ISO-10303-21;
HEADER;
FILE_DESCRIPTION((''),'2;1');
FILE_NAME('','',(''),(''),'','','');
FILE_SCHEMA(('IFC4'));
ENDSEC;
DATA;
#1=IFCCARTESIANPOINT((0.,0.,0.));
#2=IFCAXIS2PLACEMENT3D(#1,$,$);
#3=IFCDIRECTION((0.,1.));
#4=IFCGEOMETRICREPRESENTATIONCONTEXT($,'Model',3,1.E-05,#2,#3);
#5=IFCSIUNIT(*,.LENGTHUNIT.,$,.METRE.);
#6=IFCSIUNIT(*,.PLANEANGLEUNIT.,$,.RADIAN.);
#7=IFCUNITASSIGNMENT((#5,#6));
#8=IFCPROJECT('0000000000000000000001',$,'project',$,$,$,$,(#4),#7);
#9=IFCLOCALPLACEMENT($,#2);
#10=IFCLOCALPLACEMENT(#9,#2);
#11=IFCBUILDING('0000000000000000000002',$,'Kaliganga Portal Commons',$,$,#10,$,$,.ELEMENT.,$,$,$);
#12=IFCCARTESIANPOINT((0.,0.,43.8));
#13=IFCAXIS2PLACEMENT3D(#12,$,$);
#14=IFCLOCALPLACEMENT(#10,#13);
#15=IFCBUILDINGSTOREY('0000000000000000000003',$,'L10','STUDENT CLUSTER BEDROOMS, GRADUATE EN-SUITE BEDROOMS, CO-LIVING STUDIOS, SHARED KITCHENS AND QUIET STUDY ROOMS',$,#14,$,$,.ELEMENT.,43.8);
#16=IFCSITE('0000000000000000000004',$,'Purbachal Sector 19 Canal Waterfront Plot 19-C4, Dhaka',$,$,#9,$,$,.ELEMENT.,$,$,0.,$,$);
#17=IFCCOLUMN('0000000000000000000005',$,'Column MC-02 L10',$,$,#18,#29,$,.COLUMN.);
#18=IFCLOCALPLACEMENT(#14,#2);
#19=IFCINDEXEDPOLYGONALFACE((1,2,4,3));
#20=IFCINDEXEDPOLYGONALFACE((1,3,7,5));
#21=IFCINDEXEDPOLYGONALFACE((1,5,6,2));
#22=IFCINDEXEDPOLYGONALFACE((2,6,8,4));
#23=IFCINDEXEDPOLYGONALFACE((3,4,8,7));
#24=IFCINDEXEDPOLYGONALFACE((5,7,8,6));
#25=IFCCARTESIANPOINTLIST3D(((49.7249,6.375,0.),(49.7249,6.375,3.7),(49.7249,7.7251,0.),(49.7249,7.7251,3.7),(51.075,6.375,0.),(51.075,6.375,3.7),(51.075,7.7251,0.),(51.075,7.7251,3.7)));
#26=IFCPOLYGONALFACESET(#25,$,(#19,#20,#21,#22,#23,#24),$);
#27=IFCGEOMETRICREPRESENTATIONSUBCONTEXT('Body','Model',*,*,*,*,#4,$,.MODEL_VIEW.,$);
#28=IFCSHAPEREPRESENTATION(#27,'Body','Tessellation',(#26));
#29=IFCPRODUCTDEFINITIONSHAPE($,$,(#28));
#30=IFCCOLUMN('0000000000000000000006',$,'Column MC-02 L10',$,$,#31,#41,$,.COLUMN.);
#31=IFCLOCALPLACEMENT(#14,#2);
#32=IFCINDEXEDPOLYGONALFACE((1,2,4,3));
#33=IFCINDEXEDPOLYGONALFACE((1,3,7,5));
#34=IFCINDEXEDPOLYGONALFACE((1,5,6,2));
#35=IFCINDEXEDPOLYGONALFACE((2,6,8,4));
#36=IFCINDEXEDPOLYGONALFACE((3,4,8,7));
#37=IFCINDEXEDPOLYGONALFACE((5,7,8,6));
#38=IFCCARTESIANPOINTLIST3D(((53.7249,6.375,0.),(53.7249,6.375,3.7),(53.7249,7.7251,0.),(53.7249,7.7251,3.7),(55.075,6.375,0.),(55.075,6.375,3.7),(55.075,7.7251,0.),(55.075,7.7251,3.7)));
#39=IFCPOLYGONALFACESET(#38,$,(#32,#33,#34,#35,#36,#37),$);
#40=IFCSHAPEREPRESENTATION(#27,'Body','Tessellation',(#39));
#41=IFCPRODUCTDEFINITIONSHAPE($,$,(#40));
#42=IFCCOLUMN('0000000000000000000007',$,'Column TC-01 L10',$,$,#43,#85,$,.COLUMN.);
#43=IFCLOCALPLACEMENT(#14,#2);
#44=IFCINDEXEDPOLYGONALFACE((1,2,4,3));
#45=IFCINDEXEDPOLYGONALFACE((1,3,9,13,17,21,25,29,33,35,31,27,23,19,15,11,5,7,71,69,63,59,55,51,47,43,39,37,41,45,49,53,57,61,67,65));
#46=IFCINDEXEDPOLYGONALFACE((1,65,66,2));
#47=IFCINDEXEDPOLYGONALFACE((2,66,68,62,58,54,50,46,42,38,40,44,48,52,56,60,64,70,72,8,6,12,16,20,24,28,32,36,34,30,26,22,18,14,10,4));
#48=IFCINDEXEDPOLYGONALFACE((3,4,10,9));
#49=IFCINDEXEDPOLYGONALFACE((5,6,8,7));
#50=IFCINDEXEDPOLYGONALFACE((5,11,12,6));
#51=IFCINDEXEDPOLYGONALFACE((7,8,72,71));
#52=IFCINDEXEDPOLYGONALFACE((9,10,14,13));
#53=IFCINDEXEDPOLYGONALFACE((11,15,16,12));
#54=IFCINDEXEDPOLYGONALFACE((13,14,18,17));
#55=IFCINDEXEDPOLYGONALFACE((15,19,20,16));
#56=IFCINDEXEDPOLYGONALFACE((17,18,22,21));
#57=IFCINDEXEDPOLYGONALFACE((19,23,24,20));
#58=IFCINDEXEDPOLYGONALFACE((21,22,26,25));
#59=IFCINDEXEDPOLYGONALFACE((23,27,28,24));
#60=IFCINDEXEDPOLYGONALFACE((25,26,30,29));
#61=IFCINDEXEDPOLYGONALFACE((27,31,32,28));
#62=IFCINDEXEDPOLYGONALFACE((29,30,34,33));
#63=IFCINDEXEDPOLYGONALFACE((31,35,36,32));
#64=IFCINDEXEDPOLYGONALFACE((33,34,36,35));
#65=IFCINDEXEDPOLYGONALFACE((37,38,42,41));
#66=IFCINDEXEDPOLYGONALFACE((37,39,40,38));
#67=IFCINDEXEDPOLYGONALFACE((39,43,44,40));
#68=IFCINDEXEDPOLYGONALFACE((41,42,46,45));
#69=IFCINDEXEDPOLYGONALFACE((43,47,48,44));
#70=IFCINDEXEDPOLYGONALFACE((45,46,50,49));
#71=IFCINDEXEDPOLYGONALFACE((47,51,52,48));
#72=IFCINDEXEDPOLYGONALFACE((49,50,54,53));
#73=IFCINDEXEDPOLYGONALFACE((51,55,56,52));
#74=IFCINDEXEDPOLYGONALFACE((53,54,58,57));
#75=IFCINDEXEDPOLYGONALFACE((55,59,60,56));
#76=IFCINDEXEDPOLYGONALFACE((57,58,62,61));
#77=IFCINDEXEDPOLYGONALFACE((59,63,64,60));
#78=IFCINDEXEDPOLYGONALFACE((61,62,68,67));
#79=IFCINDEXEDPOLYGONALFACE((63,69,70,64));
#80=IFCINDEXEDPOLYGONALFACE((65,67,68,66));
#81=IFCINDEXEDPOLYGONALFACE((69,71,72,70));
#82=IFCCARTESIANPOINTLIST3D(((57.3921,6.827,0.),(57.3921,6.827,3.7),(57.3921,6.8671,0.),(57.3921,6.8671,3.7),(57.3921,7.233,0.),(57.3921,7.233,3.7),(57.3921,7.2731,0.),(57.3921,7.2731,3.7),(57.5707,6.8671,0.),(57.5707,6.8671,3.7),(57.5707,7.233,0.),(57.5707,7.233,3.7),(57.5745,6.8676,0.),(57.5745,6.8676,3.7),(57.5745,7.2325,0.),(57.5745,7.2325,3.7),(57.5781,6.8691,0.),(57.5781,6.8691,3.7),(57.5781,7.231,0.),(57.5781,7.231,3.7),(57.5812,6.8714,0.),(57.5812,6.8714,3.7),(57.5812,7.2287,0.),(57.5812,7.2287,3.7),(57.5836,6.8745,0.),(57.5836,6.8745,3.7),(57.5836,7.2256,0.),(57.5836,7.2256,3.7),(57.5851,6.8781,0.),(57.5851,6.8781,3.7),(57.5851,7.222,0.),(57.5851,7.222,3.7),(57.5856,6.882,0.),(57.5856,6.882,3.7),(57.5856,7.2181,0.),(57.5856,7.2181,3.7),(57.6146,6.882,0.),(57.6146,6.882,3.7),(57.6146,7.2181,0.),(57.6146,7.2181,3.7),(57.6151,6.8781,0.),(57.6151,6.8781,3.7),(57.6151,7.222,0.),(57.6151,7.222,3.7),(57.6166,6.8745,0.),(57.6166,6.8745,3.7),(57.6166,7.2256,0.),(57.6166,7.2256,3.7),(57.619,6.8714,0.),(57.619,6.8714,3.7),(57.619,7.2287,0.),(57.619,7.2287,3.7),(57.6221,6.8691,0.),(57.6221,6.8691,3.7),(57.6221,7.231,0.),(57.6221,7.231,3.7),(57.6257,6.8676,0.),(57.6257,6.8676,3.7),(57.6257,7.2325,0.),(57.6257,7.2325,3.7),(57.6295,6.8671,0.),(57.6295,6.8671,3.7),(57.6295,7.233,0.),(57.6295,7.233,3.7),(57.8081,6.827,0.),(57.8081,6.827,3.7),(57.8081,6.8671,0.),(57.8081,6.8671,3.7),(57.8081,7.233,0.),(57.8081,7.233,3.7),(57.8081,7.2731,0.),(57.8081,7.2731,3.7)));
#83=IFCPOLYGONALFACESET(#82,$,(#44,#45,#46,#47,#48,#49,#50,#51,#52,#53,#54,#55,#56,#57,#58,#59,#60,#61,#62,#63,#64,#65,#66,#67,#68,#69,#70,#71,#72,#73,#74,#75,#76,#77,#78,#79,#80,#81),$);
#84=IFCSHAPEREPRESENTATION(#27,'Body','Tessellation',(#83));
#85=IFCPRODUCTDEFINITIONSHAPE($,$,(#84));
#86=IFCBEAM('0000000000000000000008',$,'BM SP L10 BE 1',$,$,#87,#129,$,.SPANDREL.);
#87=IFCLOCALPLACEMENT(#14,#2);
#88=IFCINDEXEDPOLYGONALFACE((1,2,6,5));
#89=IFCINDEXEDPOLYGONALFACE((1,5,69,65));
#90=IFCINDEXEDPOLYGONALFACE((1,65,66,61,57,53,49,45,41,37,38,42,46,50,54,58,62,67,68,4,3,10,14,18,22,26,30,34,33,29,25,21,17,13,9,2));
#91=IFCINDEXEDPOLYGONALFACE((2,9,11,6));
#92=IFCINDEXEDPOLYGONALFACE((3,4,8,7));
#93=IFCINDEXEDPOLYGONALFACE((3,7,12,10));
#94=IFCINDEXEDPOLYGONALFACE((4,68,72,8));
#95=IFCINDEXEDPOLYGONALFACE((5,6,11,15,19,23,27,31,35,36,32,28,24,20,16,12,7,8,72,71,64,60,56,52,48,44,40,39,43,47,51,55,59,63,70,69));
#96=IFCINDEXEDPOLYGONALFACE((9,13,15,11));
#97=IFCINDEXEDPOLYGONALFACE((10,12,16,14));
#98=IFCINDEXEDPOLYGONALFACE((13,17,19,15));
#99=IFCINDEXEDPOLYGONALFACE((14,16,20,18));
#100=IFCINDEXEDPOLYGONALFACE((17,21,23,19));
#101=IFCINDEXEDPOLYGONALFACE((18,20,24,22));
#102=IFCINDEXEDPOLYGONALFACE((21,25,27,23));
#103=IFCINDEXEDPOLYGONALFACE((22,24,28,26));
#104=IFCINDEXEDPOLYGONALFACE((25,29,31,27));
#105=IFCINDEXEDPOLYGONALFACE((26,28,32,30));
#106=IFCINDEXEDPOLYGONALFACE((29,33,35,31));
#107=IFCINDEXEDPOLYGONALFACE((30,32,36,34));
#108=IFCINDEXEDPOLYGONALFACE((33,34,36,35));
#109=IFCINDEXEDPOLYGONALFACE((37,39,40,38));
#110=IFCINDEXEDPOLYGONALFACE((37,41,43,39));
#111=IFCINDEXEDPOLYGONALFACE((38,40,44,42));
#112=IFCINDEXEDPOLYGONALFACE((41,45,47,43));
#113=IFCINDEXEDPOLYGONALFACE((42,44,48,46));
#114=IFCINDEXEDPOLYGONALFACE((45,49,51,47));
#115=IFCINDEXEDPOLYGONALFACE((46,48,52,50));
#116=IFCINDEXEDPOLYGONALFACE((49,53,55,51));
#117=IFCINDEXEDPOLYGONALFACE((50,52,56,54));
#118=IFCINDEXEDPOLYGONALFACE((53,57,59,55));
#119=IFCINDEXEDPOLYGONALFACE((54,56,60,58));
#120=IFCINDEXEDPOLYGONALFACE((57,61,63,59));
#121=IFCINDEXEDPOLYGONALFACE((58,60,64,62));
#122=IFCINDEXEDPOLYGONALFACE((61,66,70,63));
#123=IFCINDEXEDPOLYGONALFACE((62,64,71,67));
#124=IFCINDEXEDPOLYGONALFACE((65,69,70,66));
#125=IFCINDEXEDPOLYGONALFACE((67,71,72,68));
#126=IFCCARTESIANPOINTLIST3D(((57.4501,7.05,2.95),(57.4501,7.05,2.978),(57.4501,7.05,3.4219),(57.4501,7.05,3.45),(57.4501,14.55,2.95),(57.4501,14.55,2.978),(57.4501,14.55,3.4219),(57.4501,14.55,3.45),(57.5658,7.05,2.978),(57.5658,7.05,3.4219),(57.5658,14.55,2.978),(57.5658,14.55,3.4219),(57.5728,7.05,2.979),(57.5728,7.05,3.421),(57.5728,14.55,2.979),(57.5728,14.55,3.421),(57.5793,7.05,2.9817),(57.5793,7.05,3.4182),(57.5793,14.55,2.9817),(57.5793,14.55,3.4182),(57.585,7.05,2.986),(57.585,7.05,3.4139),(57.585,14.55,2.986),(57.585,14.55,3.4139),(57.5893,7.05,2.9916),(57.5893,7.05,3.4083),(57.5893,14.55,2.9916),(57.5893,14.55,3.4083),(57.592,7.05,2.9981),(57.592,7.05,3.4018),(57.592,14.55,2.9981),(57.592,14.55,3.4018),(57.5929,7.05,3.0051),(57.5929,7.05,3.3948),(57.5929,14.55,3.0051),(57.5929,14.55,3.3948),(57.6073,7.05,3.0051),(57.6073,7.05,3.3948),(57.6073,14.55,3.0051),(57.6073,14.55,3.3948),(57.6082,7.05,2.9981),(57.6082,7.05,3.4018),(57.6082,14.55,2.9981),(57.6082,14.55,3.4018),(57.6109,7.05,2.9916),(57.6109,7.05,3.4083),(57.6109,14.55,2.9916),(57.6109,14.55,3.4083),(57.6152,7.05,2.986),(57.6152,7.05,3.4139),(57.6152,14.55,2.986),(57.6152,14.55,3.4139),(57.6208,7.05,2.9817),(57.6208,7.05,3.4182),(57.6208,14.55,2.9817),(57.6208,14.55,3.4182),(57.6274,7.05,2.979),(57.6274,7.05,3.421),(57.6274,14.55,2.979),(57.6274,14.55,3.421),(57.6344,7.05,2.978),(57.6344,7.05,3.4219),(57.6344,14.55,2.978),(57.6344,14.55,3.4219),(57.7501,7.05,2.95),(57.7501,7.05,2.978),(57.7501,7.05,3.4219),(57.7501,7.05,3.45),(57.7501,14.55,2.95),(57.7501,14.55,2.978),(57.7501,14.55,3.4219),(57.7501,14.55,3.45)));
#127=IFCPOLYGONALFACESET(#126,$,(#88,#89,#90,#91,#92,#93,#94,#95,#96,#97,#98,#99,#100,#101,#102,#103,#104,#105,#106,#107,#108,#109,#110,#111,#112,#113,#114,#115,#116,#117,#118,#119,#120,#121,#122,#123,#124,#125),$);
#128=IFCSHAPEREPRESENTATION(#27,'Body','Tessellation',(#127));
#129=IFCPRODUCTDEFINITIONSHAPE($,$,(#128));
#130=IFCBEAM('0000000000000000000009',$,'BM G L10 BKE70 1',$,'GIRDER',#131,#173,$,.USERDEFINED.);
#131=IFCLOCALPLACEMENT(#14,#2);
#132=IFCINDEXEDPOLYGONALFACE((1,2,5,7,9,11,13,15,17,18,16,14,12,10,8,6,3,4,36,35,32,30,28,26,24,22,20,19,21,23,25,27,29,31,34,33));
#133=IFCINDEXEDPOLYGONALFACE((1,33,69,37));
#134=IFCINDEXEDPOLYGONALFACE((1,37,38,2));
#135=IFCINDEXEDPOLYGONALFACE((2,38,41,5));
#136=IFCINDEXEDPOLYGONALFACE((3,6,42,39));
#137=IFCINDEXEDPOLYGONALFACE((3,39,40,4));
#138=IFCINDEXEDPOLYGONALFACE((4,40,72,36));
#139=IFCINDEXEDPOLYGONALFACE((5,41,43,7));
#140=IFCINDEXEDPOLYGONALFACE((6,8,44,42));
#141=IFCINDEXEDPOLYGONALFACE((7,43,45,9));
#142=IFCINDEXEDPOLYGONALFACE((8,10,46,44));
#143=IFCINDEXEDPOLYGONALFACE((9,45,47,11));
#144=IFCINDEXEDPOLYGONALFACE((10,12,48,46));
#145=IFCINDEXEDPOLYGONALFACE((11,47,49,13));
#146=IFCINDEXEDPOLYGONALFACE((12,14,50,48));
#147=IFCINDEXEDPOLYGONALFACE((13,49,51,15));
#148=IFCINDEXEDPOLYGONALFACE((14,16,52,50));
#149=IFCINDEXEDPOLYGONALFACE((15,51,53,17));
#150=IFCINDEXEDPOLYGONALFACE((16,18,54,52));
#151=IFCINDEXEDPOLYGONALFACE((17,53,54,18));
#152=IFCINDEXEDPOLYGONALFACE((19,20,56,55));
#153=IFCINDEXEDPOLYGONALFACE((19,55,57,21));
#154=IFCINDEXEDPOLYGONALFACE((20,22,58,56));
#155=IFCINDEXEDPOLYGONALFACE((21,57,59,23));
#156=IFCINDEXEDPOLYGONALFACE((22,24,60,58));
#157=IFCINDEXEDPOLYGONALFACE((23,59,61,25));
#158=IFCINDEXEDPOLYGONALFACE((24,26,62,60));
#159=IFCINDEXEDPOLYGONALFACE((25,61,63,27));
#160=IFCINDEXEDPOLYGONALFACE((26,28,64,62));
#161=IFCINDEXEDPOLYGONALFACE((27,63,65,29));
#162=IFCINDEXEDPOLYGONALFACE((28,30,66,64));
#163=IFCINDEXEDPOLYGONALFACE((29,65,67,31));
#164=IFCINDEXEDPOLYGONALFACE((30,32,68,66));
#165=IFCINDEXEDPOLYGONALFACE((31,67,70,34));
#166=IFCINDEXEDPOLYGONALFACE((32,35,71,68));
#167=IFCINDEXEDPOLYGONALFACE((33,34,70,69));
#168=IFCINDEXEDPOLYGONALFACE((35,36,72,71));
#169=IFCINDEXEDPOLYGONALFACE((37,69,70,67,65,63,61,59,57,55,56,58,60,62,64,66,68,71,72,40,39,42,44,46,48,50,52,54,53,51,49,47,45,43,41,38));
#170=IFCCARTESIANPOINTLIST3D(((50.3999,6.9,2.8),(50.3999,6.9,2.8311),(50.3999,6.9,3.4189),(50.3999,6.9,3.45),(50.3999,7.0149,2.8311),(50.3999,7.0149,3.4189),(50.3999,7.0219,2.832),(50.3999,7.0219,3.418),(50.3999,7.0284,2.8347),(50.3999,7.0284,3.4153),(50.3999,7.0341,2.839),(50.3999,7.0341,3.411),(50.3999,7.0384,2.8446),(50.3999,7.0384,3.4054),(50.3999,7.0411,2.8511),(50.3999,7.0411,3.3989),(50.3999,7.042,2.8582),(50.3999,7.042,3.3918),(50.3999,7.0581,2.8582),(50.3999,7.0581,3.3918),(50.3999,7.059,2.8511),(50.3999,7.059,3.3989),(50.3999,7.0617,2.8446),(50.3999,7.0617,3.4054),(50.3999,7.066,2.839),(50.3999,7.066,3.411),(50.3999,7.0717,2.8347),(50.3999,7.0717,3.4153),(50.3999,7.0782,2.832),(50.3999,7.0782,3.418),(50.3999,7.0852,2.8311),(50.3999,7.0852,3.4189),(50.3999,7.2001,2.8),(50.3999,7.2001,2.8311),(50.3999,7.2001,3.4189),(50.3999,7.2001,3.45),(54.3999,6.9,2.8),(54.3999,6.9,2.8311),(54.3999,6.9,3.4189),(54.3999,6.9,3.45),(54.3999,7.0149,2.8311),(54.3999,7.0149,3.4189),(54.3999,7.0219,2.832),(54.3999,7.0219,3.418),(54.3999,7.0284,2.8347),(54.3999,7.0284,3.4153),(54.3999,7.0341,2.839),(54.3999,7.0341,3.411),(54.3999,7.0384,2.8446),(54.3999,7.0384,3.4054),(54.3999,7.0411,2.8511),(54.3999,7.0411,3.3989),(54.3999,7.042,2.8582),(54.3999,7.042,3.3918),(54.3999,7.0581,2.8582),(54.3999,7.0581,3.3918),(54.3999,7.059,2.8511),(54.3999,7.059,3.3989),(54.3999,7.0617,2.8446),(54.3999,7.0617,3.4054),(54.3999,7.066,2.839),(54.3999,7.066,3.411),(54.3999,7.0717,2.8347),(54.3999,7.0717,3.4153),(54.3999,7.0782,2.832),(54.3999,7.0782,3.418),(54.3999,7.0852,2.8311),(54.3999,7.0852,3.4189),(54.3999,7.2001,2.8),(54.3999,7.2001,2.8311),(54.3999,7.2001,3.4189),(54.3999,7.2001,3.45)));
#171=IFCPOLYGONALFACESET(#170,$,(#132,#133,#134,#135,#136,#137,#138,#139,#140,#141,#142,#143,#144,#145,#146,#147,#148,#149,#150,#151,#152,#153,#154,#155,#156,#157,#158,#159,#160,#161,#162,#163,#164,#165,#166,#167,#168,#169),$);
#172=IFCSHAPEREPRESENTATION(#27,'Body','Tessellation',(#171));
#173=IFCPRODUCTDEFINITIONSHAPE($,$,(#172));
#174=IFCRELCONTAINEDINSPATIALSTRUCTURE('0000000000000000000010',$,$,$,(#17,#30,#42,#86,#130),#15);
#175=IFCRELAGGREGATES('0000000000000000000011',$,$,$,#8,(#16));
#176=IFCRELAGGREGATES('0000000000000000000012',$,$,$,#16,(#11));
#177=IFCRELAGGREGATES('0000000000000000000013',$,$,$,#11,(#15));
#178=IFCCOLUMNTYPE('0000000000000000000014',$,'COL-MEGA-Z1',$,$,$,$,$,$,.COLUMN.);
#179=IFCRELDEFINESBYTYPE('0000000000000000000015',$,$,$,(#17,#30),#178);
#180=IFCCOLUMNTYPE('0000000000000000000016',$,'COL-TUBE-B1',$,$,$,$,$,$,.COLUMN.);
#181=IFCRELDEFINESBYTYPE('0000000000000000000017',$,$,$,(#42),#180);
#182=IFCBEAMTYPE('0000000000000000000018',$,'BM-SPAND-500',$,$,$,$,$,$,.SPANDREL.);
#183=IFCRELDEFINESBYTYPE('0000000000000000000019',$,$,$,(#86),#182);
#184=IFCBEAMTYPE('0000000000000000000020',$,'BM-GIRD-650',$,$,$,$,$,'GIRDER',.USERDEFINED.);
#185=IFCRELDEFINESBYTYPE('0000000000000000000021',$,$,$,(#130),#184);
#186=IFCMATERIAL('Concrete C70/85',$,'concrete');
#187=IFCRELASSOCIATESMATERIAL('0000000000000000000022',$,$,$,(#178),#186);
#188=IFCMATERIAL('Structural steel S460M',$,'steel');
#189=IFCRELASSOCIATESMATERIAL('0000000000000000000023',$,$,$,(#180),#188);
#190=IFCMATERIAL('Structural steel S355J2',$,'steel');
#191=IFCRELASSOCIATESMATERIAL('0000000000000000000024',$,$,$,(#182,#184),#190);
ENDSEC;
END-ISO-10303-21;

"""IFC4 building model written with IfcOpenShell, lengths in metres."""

from ifc_helpers import new_model, si_unit, direction, frame, origin, origin_2d, place, context, subcontext, project, spatial, rectangle, i_section, extrude, source, transform, mapped, material, material_profile, profile_set, type_object, element, save


model = new_model("IFC4")

# Units and contexts
model_context = context("Model", 3, precision=1e-05, world=origin(), true_north=direction((0.0, 1.0)))
body_context = subcontext(model_context, "Body", "Model", "MODEL_VIEW")
ifc_project = project(units=[si_unit("LENGTHUNIT", "METRE"), si_unit("PLANEANGLEUNIT", "RADIAN")], contexts=[model_context])

# Site, building, storey
site_placement = place(None, origin())
site = spatial("IfcSite", under=ifc_project, at=site_placement, Name="Purbachal Sector 19 Canal Waterfront Plot 19-C4, Dhaka", CompositionType="ELEMENT", RefElevation=0.0)
building_placement = place(site_placement, origin())
building = spatial("IfcBuilding", under=site, at=building_placement, Name="Kaliganga Portal Commons", CompositionType="ELEMENT")
storey_placement = place(building_placement, frame((0.0, 0.0, 43.8)))
storey = spatial("IfcBuildingStorey", under=building, at=storey_placement, Name="L10", Description="STUDENT CLUSTER BEDROOMS, GRADUATE EN-SUITE BEDROOMS, CO-LIVING STUDIOS, SHARED KITCHENS AND QUIET STUDY ROOMS", CompositionType="ELEMENT", Elevation=43.8)

# Columns
ifc_material_1 = material(Name="Concrete C70/85", Category="concrete")
ifc_material_profile_1 = material_profile(ifc_material_1, rectangle(XDim=1.3501, YDim=1.3501, at=origin_2d()), Name="RC 1350x1350")
ifc_profile_set_1 = profile_set([ifc_material_profile_1], Name="Concrete C70/85")
column_type_1 = type_object("IfcColumnType", Name="COL-MEGA-Z1", PredefinedType="COLUMN", material=ifc_profile_set_1)
shared_shape_1 = source(origin(), body_context, "Body", "SweptSolid", [
    extrude(rectangle(XDim=1.3501, YDim=1.3501, at=origin_2d()), origin(), (0.0, 0.0, 1.0), 3.7),
])
for number, where, z_axis, x_axis, name in (
    (1, (50.3999, 7.05, 0.0), (0.0, 0.0, 1.0), (1.0, 0.0, 0.0), "Column MC-02 L10"),
    (2, (54.3999, 7.05, 0.0), (0.0, 0.0, 1.0), (1.0, 0.0, 0.0), "Column MC-02 L10"),
):
    element("IfcColumn", number, at=place(storey_placement, frame(where, z_axis=z_axis, x_axis=x_axis)), inside=storey, type_object=column_type_1, Name=name, PredefinedType="COLUMN", context=body_context, shape_type="MappedRepresentation", body=[
        mapped(shared_shape_1, transform((0.0, 0.0, 0.0), x_axis=(1.0, 0.0, 0.0), y_axis=(0.0, 1.0, 0.0), z_axis=(0.0, 0.0, 1.0), scale=1.0)),
    ])
ifc_material_2 = material(Name="Structural steel S460M", Category="steel")
ifc_material_profile_2 = material_profile(ifc_material_2, i_section(OverallWidth=0.416, OverallDepth=0.446, WebThickness=0.0291, FlangeThickness=0.04, FilletRadius=0.0149, at=origin_2d()), Name="HD 400x509")
ifc_profile_set_2 = profile_set([ifc_material_profile_2], Name="Structural steel S460M wide-flange")
column_type_2 = type_object("IfcColumnType", Name="COL-TUBE-B1", PredefinedType="COLUMN", material=ifc_profile_set_2)
shared_shape_2 = source(origin(), body_context, "Body", "SweptSolid", [
    extrude(i_section(OverallWidth=0.416, OverallDepth=0.446, WebThickness=0.0291, FlangeThickness=0.04, FilletRadius=0.0149, at=origin_2d()), origin(), (0.0, 0.0, 1.0), 3.7),
])
column_placement = place(storey_placement, frame((57.6001, 7.05, 0.0), z_axis=(0.0, 0.0, 1.0), x_axis=(1.0, 0.0, 0.0)))
element("IfcColumn", 3, at=column_placement, inside=storey, type_object=column_type_2, Name="Column TC-01 L10", PredefinedType="COLUMN", context=body_context, shape_type="MappedRepresentation", body=[
    mapped(shared_shape_2, transform((0.0, 0.0, 0.0), x_axis=(1.0, 0.0, 0.0), y_axis=(0.0, 1.0, 0.0), z_axis=(0.0, 0.0, 1.0), scale=1.0)),
])

# Beams
ifc_material_3 = material(Name="Structural steel S355J2", Category="steel")
ifc_material_profile_3 = material_profile(ifc_material_3, i_section(OverallWidth=0.3, OverallDepth=0.5, WebThickness=0.0144, FlangeThickness=0.0281, FilletRadius=0.0271, at=origin_2d()), Name="HE 500 B")
ifc_profile_set_3 = profile_set([ifc_material_profile_3], Name="Structural steel S355J2 wide-flange")
beam_type_1 = type_object("IfcBeamType", Name="BM-SPAND-500", PredefinedType="SPANDREL", material=ifc_profile_set_3)
shared_shape_3 = source(origin(), body_context, "Body", "SweptSolid", [
    extrude(i_section(OverallWidth=0.3, OverallDepth=0.5, WebThickness=0.0144, FlangeThickness=0.0281, FilletRadius=0.0271, at=origin_2d()), origin(), (0.0, 0.0, 1.0), 7.5),
])
beam_1_placement = place(storey_placement, frame((57.6001, 7.05, 3.2), z_axis=(0.0, 1.0, 0.0), x_axis=(-1.0, 0.0, 0.0)))
element("IfcBeam", 4, at=beam_1_placement, inside=storey, type_object=beam_type_1, Name="BM SP L10 BE 1", PredefinedType="SPANDREL", context=body_context, shape_type="MappedRepresentation", body=[
    mapped(shared_shape_3, transform((0.0, 0.0, 0.0), x_axis=(1.0, 0.0, 0.0), y_axis=(0.0, 1.0, 0.0), z_axis=(0.0, 0.0, 1.0), scale=1.0)),
])
ifc_material_profile_4 = material_profile(ifc_material_3, i_section(OverallWidth=0.3, OverallDepth=0.6499, WebThickness=0.0161, FlangeThickness=0.031, FilletRadius=0.0271, at=origin_2d()), Name="HE 650 B")
ifc_profile_set_4 = profile_set([ifc_material_profile_4], Name="Structural steel S355J2 wide-flange")
beam_type_2 = type_object("IfcBeamType", Name="BM-GIRD-650", ElementType="GIRDER", PredefinedType="USERDEFINED", material=ifc_profile_set_4)
shared_shape_4 = source(origin(), body_context, "Body", "SweptSolid", [
    extrude(i_section(OverallWidth=0.3, OverallDepth=0.6499, WebThickness=0.0161, FlangeThickness=0.031, FilletRadius=0.0271, at=origin_2d()), origin(), (0.0, 0.0, 1.0), 4.0),
])
beam_2_placement = place(storey_placement, frame((50.3999, 7.05, 3.125), z_axis=(1.0, 0.0, 0.0), x_axis=(0.0, 1.0, 0.0)))
element("IfcBeam", 5, at=beam_2_placement, inside=storey, type_object=beam_type_2, Name="BM G L10 BKE70 1", ObjectType="GIRDER", PredefinedType="USERDEFINED", context=body_context, shape_type="MappedRepresentation", body=[
    mapped(shared_shape_4, transform((0.0, 0.0, 0.0), x_axis=(1.0, 0.0, 0.0), y_axis=(0.0, 1.0, 0.0), z_axis=(0.0, 0.0, 1.0), scale=1.0)),
])

save(model, "model.ifc")
